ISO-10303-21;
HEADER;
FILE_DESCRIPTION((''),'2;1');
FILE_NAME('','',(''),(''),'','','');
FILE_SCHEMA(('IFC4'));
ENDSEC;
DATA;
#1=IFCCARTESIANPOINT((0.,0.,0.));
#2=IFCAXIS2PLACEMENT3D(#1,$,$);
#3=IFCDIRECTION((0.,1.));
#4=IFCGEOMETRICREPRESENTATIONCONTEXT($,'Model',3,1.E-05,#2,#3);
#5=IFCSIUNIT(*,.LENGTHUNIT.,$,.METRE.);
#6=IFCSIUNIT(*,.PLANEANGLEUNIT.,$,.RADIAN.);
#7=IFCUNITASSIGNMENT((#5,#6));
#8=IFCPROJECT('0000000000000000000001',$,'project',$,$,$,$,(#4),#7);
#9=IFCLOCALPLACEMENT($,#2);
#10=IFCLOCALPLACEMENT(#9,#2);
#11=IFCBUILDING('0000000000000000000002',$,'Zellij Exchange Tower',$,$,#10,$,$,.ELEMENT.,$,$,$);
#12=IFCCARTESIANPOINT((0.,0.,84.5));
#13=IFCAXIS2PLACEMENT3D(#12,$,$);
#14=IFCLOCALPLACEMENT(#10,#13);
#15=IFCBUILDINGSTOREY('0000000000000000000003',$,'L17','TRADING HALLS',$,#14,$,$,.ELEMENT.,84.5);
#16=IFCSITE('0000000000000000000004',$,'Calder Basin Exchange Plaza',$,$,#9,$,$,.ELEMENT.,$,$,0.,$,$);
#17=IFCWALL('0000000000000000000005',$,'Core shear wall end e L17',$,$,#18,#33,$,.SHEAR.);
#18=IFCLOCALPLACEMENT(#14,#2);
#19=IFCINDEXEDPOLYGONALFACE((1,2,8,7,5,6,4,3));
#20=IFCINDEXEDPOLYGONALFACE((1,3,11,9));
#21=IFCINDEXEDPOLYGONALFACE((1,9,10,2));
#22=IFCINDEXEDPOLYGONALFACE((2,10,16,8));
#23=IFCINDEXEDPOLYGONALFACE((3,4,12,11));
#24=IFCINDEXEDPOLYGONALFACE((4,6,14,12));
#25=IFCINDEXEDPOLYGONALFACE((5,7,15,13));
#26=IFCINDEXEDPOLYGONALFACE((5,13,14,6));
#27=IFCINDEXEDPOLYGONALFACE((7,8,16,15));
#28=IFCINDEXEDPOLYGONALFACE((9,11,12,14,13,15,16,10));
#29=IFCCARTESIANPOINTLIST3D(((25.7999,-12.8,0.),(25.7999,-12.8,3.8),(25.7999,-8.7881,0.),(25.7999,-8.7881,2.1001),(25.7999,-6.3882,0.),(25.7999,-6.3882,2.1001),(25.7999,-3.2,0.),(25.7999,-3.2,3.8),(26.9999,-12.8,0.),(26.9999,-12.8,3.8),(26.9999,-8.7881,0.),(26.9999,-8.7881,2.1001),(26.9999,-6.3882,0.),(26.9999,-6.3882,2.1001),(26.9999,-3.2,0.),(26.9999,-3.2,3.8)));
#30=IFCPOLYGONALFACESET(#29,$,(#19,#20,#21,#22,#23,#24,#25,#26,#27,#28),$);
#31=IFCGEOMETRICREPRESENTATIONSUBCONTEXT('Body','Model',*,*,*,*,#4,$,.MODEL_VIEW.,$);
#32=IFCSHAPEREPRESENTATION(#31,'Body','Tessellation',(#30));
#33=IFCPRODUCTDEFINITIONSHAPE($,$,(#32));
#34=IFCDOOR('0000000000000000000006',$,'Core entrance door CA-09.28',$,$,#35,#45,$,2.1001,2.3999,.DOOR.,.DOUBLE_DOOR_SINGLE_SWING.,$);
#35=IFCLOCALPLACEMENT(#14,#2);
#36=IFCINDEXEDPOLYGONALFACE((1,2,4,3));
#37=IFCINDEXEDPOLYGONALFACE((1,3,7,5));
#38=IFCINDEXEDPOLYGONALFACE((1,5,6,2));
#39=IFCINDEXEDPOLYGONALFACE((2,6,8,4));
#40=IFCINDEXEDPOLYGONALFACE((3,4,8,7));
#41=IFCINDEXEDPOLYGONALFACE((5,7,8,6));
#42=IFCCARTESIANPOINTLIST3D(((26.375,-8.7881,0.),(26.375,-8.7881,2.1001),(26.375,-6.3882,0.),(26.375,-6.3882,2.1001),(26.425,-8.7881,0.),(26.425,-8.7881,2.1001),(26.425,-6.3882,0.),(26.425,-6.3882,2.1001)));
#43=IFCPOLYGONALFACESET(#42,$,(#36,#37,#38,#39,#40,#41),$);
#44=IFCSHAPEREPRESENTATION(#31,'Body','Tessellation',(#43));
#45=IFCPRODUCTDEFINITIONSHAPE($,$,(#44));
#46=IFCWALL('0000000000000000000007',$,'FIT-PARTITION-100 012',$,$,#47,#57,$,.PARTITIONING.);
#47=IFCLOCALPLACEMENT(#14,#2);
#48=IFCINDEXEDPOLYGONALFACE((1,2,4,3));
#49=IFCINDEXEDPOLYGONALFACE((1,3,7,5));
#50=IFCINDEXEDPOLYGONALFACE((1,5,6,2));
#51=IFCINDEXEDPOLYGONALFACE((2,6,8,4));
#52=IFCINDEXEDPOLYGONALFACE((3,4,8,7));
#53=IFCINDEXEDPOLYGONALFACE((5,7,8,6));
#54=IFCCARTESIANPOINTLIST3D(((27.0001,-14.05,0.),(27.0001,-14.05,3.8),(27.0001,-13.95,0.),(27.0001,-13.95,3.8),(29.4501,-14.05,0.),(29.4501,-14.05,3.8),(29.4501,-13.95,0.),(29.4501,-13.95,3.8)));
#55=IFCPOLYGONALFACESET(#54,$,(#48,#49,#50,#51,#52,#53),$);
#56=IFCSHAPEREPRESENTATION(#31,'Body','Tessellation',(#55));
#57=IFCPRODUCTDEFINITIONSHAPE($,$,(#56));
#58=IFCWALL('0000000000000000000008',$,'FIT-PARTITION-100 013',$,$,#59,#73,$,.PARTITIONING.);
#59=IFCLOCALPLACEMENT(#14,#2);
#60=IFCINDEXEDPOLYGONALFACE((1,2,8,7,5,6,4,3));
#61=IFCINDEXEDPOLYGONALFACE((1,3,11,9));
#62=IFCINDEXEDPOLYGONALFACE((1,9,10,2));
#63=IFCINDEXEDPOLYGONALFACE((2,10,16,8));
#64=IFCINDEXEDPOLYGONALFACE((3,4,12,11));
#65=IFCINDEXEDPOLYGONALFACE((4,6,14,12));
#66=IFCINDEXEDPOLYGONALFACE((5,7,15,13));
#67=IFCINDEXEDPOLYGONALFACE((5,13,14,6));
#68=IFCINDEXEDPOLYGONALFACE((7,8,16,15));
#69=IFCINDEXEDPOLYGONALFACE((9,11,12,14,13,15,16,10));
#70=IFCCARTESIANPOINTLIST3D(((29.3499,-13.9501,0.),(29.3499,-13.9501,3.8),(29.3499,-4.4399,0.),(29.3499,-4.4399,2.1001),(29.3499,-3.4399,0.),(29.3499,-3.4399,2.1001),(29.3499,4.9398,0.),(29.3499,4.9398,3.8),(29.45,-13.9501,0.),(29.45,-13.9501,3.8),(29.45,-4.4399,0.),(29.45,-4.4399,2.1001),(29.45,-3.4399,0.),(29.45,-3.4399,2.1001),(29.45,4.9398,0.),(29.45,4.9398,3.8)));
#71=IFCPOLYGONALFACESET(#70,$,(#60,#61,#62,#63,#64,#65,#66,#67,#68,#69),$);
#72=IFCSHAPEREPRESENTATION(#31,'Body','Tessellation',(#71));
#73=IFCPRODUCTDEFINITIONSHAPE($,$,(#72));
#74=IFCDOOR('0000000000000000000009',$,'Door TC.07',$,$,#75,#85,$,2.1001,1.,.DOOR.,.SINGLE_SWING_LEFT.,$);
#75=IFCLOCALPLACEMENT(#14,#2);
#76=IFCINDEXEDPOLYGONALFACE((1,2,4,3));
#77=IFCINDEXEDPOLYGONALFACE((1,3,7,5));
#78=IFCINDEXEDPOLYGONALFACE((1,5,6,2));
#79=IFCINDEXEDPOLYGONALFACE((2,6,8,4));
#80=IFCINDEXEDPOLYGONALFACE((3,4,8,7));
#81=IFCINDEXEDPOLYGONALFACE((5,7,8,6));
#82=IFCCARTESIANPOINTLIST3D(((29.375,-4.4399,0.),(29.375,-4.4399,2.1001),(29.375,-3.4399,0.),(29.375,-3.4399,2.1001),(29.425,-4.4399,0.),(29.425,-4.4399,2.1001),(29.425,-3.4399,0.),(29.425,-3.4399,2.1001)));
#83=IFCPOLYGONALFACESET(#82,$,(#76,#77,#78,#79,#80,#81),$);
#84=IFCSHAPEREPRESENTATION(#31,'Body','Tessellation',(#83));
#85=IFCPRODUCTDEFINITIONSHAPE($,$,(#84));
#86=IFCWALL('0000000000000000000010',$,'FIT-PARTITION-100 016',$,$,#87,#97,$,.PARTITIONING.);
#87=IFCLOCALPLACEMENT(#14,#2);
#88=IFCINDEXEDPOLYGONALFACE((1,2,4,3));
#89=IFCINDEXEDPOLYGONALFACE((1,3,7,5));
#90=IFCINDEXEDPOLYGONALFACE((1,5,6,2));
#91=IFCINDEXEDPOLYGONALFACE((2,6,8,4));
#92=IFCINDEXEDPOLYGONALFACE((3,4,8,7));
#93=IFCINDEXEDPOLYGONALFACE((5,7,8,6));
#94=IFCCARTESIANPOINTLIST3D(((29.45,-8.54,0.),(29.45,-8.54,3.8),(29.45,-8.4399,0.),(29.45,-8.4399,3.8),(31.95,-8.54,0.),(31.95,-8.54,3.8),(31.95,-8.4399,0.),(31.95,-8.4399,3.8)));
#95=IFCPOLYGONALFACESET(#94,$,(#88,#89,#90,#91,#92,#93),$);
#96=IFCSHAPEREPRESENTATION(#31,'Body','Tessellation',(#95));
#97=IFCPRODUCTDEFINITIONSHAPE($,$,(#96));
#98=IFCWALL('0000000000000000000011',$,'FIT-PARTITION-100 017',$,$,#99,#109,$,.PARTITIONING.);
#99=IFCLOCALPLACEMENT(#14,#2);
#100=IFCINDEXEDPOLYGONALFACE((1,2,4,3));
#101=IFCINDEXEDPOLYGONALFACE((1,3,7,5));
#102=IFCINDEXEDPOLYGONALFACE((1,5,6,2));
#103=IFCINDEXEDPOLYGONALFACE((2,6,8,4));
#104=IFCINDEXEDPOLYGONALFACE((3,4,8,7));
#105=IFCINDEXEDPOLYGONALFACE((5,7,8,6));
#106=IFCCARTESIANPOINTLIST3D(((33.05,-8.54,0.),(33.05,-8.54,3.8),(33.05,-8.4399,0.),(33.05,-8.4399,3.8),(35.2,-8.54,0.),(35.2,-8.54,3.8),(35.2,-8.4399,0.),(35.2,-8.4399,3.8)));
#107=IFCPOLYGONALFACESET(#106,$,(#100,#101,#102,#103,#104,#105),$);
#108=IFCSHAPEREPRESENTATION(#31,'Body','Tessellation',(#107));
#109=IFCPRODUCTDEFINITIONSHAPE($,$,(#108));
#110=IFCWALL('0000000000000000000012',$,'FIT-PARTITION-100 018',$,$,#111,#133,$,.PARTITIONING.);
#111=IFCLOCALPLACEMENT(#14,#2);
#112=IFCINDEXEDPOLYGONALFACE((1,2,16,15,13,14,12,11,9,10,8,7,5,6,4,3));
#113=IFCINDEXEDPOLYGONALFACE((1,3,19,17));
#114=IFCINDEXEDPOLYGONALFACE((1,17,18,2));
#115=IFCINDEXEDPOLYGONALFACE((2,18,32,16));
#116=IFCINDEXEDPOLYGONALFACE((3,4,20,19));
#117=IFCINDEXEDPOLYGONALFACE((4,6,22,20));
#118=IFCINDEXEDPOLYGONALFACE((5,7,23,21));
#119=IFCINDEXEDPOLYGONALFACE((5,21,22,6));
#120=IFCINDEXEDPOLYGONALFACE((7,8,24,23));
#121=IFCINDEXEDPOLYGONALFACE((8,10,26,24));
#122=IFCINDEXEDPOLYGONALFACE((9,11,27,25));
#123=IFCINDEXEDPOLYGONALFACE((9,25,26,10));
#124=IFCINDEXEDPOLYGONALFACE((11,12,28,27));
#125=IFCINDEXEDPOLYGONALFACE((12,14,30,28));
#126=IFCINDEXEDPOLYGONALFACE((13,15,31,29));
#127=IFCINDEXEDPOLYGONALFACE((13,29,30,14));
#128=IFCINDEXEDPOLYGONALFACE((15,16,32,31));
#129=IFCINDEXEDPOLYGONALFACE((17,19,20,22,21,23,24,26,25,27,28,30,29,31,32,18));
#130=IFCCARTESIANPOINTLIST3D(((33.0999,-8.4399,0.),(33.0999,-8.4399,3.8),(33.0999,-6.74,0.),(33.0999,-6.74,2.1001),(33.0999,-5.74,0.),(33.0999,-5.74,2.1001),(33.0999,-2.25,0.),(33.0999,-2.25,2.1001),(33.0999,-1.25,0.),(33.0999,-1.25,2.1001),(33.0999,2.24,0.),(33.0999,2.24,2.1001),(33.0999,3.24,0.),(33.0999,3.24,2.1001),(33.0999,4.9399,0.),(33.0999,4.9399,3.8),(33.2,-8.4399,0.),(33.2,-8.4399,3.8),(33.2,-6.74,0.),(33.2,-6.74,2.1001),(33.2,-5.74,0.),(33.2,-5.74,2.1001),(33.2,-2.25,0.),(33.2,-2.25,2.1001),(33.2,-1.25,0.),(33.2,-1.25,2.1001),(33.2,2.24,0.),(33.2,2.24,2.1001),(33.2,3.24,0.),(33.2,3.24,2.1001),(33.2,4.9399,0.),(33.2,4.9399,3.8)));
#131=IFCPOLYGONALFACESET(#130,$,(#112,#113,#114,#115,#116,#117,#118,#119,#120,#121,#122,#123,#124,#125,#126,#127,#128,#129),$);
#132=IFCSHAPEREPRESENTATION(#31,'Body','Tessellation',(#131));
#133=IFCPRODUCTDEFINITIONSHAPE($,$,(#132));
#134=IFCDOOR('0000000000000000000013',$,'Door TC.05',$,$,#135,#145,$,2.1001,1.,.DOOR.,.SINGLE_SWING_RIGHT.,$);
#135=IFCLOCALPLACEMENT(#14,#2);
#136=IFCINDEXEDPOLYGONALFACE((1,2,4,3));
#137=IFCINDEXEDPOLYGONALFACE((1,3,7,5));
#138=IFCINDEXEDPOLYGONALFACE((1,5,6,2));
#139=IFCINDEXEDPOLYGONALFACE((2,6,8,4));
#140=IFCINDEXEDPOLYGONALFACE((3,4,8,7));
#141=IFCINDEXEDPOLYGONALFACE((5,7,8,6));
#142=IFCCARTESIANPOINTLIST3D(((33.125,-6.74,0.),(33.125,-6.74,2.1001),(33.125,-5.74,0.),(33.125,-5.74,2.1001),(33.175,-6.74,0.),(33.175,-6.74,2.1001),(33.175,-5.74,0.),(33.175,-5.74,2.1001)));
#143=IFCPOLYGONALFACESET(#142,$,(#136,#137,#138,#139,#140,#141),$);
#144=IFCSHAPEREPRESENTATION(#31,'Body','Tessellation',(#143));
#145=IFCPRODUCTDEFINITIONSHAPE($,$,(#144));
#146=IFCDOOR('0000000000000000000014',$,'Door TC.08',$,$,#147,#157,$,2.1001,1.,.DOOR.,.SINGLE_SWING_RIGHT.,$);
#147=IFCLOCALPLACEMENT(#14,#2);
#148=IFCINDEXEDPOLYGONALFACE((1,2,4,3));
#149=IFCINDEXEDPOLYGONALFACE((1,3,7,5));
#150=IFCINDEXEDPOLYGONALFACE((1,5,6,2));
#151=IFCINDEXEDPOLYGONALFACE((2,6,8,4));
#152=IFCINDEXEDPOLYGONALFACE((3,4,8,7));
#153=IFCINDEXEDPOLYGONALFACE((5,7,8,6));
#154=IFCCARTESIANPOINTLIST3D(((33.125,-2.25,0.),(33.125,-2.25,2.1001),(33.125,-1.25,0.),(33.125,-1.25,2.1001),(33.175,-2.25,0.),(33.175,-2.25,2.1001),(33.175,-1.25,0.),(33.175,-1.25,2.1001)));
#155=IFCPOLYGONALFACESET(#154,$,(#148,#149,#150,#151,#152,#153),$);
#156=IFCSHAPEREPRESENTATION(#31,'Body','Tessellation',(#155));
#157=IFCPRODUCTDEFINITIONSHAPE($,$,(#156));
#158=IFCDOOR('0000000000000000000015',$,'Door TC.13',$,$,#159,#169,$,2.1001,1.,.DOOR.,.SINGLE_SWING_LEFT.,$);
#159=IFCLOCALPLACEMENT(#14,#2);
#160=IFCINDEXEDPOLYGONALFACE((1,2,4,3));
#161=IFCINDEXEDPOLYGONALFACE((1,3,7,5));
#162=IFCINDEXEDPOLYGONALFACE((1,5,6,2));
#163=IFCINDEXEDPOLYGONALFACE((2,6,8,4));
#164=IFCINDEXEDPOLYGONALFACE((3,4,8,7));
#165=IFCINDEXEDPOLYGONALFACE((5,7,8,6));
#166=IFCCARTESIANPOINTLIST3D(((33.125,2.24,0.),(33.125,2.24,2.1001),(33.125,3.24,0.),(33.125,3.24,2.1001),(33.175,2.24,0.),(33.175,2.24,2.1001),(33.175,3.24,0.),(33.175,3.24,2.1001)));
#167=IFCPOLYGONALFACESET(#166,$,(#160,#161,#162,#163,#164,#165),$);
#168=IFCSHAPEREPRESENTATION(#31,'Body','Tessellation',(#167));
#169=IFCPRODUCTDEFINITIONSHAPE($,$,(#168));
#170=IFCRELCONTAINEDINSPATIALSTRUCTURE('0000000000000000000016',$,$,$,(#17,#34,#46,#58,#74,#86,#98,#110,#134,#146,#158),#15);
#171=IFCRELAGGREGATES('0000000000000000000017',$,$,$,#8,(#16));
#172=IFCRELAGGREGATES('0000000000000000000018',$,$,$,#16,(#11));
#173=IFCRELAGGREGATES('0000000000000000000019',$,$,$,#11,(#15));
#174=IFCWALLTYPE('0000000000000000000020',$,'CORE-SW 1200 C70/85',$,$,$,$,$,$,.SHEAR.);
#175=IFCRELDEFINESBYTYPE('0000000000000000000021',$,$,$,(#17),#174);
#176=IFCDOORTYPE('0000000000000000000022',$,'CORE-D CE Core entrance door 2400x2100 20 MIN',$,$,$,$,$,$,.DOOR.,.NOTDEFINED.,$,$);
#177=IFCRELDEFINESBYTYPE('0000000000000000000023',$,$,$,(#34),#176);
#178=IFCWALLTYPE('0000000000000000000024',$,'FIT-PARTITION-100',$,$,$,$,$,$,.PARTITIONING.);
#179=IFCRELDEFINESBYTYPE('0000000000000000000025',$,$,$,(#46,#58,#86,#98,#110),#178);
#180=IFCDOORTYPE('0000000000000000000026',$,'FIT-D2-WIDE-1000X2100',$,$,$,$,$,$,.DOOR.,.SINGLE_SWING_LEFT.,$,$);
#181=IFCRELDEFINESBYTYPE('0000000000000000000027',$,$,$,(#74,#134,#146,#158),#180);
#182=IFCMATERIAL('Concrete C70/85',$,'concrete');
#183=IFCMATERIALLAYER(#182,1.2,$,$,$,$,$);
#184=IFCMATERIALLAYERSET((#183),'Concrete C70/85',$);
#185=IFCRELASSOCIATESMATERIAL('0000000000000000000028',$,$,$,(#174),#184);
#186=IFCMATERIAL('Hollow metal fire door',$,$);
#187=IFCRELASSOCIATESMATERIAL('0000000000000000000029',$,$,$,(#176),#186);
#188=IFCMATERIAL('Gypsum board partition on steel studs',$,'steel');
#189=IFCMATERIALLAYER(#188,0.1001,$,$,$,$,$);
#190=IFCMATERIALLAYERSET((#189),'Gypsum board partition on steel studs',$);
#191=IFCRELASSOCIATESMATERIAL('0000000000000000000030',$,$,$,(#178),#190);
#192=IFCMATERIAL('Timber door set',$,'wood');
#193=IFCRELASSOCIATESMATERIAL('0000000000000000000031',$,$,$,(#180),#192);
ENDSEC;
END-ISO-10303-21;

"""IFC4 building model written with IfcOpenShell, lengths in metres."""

from ifc_helpers import new_model, si_unit, direction, frame, frame_2d, origin, place, context, subcontext, project, spatial, rectangle, extrude, material, layer, layer_set, type_object, element, fill, save


model = new_model("IFC4")

# Units and contexts
model_context = context("Model", 3, precision=1e-05, world=origin(), true_north=direction((0.0, 1.0)))
body_context = subcontext(model_context, "Body", "Model", "MODEL_VIEW")
ifc_project = project(units=[si_unit("LENGTHUNIT", "METRE"), si_unit("PLANEANGLEUNIT", "RADIAN")], contexts=[model_context])

# Site, building, storey
site_placement = place(None, origin())
site = spatial("IfcSite", under=ifc_project, at=site_placement, Name="Calder Basin Exchange Plaza", CompositionType="ELEMENT", RefElevation=0.0)
building_placement = place(site_placement, origin())
building = spatial("IfcBuilding", under=site, at=building_placement, Name="Zellij Exchange Tower", CompositionType="ELEMENT")
storey_placement = place(building_placement, frame((0.0, 0.0, 84.5)))
storey = spatial("IfcBuildingStorey", under=building, at=storey_placement, Name="L17", Description="TRADING HALLS", CompositionType="ELEMENT", Elevation=84.5)

# Shared definitions
ifc_material_1 = material(Name="Concrete C70/85", Category="concrete")

# Wall, opening, door
ifc_layer_1 = layer(ifc_material_1, 1.2)
ifc_layer_set_1 = layer_set([ifc_layer_1], Name="Concrete C70/85")
wall_type_1 = type_object("IfcWallType", Name="CORE-SW 1200 C70/85", PredefinedType="SHEAR", material=ifc_layer_set_1)
wall_1_placement = place(storey_placement, frame((26.3999, -12.8, 0.0), z_axis=(0.0, 0.0, 1.0), x_axis=(0.0, 1.0, 0.0)))
wall_1 = element("IfcWall", 1, at=wall_1_placement, inside=storey, type_object=wall_type_1, Name="Core shear wall end e L17", PredefinedType="SHEAR", context=body_context, shape_type="SweptSolid", body=[
    extrude(rectangle(XDim=9.6001, YDim=1.2, at=frame_2d((4.8, 0.0))), origin(), (0.0, 0.0, 1.0), 3.8),
])
opening_1_placement = place(wall_1_placement, frame((4.012, 0.0, 0.0)))
opening_1 = element("IfcOpeningElement", 2, at=opening_1_placement, cuts=wall_1, PredefinedType="OPENING", context=body_context, shape_type="SweptSolid", body=[
    extrude(rectangle(XDim=2.3999, YDim=2.1001, at=frame_2d((1.2, 1.05))), frame((0.0, 0.6118, 0.0), z_axis=(0.0, -1.0, 0.0), x_axis=(1.0, 0.0, 0.0)), (0.0, 0.0, 1.0), 1.2239),
])
ifc_material_2 = material(Name="Hollow metal fire door")
door_type_1 = type_object("IfcDoorType", Name="CORE-D CE Core entrance door 2400x2100 20 MIN", OperationType="NOTDEFINED", PredefinedType="DOOR", material=ifc_material_2)
door_1_placement = place(opening_1_placement, origin())
door_1 = element("IfcDoor", 3, at=door_1_placement, inside=storey, type_object=door_type_1, Name="Core entrance door CA-09.28", OperationType="DOUBLE_DOOR_SINGLE_SWING", OverallHeight=2.1001, OverallWidth=2.3999, PredefinedType="DOOR", context=body_context, shape_type="SweptSolid", body=[
    extrude(rectangle(XDim=2.3999, YDim=2.1001, at=frame_2d((1.2, 1.05))), frame((0.0, 0.0249, 0.0), z_axis=(0.0, -1.0, 0.0), x_axis=(1.0, 0.0, 0.0)), (0.0, 0.0, 1.0), 0.05),
])
fill(opening_1, door_1)

# Wall
ifc_material_3 = material(Name="Gypsum board partition on steel studs", Category="steel")
ifc_layer_2 = layer(ifc_material_3, 0.1001)
ifc_layer_set_2 = layer_set([ifc_layer_2], Name="Gypsum board partition on steel studs")
wall_type_2 = type_object("IfcWallType", Name="FIT-PARTITION-100", PredefinedType="PARTITIONING", material=ifc_layer_set_2)
wall_2_placement = place(storey_placement, frame((27.0, -14.0, 0.0), z_axis=(0.0, 0.0, 1.0), x_axis=(1.0, 0.0, 0.0)))
element("IfcWall", 4, at=wall_2_placement, inside=storey, type_object=wall_type_2, Name="FIT-PARTITION-100 012", PredefinedType="PARTITIONING", context=body_context, shape_type="SweptSolid", body=[
    extrude(rectangle(XDim=2.45, YDim=0.1001, at=frame_2d((1.2251, 0.0))), origin(), (0.0, 0.0, 1.0), 3.8),
])

# Wall, opening, door
wall_3_placement = place(storey_placement, frame((29.3999, -13.95, 0.0), z_axis=(0.0, 0.0, 1.0), x_axis=(0.0, 1.0, 0.0)))
wall_3 = element("IfcWall", 5, at=wall_3_placement, inside=storey, type_object=wall_type_2, Name="FIT-PARTITION-100 013", PredefinedType="PARTITIONING", context=body_context, shape_type="SweptSolid", body=[
    extrude(rectangle(XDim=18.8899, YDim=0.1001, at=frame_2d((9.4448, 0.0))), origin(), (0.0, 0.0, 1.0), 3.8),
])
opening_2_placement = place(wall_3_placement, frame((9.51, 0.0, 0.0)))
opening_2 = element("IfcOpeningElement", 6, at=opening_2_placement, cuts=wall_3, PredefinedType="OPENING", context=body_context, shape_type="SweptSolid", body=[
    extrude(rectangle(XDim=1.0, YDim=2.1001, at=frame_2d((0.5, 1.05))), frame((0.0, 0.062, 0.0), z_axis=(0.0, -1.0, 0.0), x_axis=(1.0, 0.0, 0.0)), (0.0, 0.0, 1.0), 0.124),
])
ifc_material_4 = material(Name="Timber door set", Category="wood")
door_type_2 = type_object("IfcDoorType", Name="FIT-D2-WIDE-1000X2100", OperationType="SINGLE_SWING_LEFT", PredefinedType="DOOR", material=ifc_material_4)
door_2_placement = place(opening_2_placement, origin())
door_2 = element("IfcDoor", 7, at=door_2_placement, inside=storey, type_object=door_type_2, Name="Door TC.07", OperationType="SINGLE_SWING_LEFT", OverallHeight=2.1001, OverallWidth=1.0, PredefinedType="DOOR", context=body_context, shape_type="SweptSolid", body=[
    extrude(rectangle(XDim=1.0, YDim=2.1001, at=frame_2d((0.5, 1.05))), frame((0.0, 0.0249, 0.0), z_axis=(0.0, -1.0, 0.0), x_axis=(1.0, 0.0, 0.0)), (0.0, 0.0, 1.0), 0.05),
])
fill(opening_2, door_2)

# Walls
wall_4_placement = place(storey_placement, frame((29.45, -8.49, 0.0), z_axis=(0.0, 0.0, 1.0), x_axis=(1.0, 0.0, 0.0)))
element("IfcWall", 8, at=wall_4_placement, inside=storey, type_object=wall_type_2, Name="FIT-PARTITION-100 016", PredefinedType="PARTITIONING", context=body_context, shape_type="SweptSolid", body=[
    extrude(rectangle(XDim=2.5, YDim=0.1001, at=frame_2d((1.25, 0.0))), origin(), (0.0, 0.0, 1.0), 3.8),
])
wall_5_placement = place(storey_placement, frame((33.05, -8.49, 0.0), z_axis=(0.0, 0.0, 1.0), x_axis=(1.0, 0.0, 0.0)))
element("IfcWall", 9, at=wall_5_placement, inside=storey, type_object=wall_type_2, Name="FIT-PARTITION-100 017", PredefinedType="PARTITIONING", context=body_context, shape_type="SweptSolid", body=[
    extrude(rectangle(XDim=2.1499, YDim=0.1001, at=frame_2d((1.075, 0.0))), origin(), (0.0, 0.0, 1.0), 3.8),
])

# Wall, openings, doors
wall_6_placement = place(storey_placement, frame((33.1499, -8.4399, 0.0), z_axis=(0.0, 0.0, 1.0), x_axis=(0.0, 1.0, 0.0)))
wall_6 = element("IfcWall", 10, at=wall_6_placement, inside=storey, type_object=wall_type_2, Name="FIT-PARTITION-100 018", PredefinedType="PARTITIONING", context=body_context, shape_type="SweptSolid", body=[
    extrude(rectangle(XDim=13.3799, YDim=0.1001, at=frame_2d((6.6899, 0.0))), origin(), (0.0, 0.0, 1.0), 3.8),
])
opening_3_placement = place(wall_6_placement, frame((1.7, 0.0, 0.0)))
opening_3 = element("IfcOpeningElement", 11, at=opening_3_placement, cuts=wall_6, PredefinedType="OPENING", context=body_context, shape_type="SweptSolid", body=[
    extrude(rectangle(XDim=1.0, YDim=2.1001, at=frame_2d((0.5, 1.05))), frame((0.0, 0.062, 0.0), z_axis=(0.0, -1.0, 0.0), x_axis=(1.0, 0.0, 0.0)), (0.0, 0.0, 1.0), 0.124),
])
opening_4_placement = place(wall_6_placement, frame((6.1899, 0.0, 0.0)))
opening_4 = element("IfcOpeningElement", 12, at=opening_4_placement, cuts=wall_6, PredefinedType="OPENING", context=body_context, shape_type="SweptSolid", body=[
    extrude(rectangle(XDim=1.0, YDim=2.1001, at=frame_2d((0.5, 1.05))), frame((0.0, 0.062, 0.0), z_axis=(0.0, -1.0, 0.0), x_axis=(1.0, 0.0, 0.0)), (0.0, 0.0, 1.0), 0.124),
])
opening_5_placement = place(wall_6_placement, frame((10.6799, 0.0, 0.0)))
opening_5 = element("IfcOpeningElement", 13, at=opening_5_placement, cuts=wall_6, PredefinedType="OPENING", context=body_context, shape_type="SweptSolid", body=[
    extrude(rectangle(XDim=1.0, YDim=2.1001, at=frame_2d((0.5, 1.05))), frame((0.0, 0.062, 0.0), z_axis=(0.0, -1.0, 0.0), x_axis=(1.0, 0.0, 0.0)), (0.0, 0.0, 1.0), 0.124),
])
door_3_placement = place(opening_3_placement, origin())
door_3 = element("IfcDoor", 14, at=door_3_placement, inside=storey, type_object=door_type_2, Name="Door TC.05", OperationType="SINGLE_SWING_RIGHT", OverallHeight=2.1001, OverallWidth=1.0, PredefinedType="DOOR", context=body_context, shape_type="SweptSolid", body=[
    extrude(rectangle(XDim=1.0, YDim=2.1001, at=frame_2d((0.5, 1.05))), frame((0.0, 0.0249, 0.0), z_axis=(0.0, -1.0, 0.0), x_axis=(1.0, 0.0, 0.0)), (0.0, 0.0, 1.0), 0.05),
])
fill(opening_3, door_3)
door_4_placement = place(opening_4_placement, origin())
door_4 = element("IfcDoor", 15, at=door_4_placement, inside=storey, type_object=door_type_2, Name="Door TC.08", OperationType="SINGLE_SWING_RIGHT", OverallHeight=2.1001, OverallWidth=1.0, PredefinedType="DOOR", context=body_context, shape_type="SweptSolid", body=[
    extrude(rectangle(XDim=1.0, YDim=2.1001, at=frame_2d((0.5, 1.05))), frame((0.0, 0.0249, 0.0), z_axis=(0.0, -1.0, 0.0), x_axis=(1.0, 0.0, 0.0)), (0.0, 0.0, 1.0), 0.05),
])
fill(opening_4, door_4)
door_5_placement = place(opening_5_placement, origin())
door_5 = element("IfcDoor", 16, at=door_5_placement, inside=storey, type_object=door_type_2, Name="Door TC.13", OperationType="SINGLE_SWING_LEFT", OverallHeight=2.1001, OverallWidth=1.0, PredefinedType="DOOR", context=body_context, shape_type="SweptSolid", body=[
    extrude(rectangle(XDim=1.0, YDim=2.1001, at=frame_2d((0.5, 1.05))), frame((0.0, 0.0249, 0.0), z_axis=(0.0, -1.0, 0.0), x_axis=(1.0, 0.0, 0.0)), (0.0, 0.0, 1.0), 0.05),
])
fill(opening_5, door_5)

save(model, "model.ifc")
